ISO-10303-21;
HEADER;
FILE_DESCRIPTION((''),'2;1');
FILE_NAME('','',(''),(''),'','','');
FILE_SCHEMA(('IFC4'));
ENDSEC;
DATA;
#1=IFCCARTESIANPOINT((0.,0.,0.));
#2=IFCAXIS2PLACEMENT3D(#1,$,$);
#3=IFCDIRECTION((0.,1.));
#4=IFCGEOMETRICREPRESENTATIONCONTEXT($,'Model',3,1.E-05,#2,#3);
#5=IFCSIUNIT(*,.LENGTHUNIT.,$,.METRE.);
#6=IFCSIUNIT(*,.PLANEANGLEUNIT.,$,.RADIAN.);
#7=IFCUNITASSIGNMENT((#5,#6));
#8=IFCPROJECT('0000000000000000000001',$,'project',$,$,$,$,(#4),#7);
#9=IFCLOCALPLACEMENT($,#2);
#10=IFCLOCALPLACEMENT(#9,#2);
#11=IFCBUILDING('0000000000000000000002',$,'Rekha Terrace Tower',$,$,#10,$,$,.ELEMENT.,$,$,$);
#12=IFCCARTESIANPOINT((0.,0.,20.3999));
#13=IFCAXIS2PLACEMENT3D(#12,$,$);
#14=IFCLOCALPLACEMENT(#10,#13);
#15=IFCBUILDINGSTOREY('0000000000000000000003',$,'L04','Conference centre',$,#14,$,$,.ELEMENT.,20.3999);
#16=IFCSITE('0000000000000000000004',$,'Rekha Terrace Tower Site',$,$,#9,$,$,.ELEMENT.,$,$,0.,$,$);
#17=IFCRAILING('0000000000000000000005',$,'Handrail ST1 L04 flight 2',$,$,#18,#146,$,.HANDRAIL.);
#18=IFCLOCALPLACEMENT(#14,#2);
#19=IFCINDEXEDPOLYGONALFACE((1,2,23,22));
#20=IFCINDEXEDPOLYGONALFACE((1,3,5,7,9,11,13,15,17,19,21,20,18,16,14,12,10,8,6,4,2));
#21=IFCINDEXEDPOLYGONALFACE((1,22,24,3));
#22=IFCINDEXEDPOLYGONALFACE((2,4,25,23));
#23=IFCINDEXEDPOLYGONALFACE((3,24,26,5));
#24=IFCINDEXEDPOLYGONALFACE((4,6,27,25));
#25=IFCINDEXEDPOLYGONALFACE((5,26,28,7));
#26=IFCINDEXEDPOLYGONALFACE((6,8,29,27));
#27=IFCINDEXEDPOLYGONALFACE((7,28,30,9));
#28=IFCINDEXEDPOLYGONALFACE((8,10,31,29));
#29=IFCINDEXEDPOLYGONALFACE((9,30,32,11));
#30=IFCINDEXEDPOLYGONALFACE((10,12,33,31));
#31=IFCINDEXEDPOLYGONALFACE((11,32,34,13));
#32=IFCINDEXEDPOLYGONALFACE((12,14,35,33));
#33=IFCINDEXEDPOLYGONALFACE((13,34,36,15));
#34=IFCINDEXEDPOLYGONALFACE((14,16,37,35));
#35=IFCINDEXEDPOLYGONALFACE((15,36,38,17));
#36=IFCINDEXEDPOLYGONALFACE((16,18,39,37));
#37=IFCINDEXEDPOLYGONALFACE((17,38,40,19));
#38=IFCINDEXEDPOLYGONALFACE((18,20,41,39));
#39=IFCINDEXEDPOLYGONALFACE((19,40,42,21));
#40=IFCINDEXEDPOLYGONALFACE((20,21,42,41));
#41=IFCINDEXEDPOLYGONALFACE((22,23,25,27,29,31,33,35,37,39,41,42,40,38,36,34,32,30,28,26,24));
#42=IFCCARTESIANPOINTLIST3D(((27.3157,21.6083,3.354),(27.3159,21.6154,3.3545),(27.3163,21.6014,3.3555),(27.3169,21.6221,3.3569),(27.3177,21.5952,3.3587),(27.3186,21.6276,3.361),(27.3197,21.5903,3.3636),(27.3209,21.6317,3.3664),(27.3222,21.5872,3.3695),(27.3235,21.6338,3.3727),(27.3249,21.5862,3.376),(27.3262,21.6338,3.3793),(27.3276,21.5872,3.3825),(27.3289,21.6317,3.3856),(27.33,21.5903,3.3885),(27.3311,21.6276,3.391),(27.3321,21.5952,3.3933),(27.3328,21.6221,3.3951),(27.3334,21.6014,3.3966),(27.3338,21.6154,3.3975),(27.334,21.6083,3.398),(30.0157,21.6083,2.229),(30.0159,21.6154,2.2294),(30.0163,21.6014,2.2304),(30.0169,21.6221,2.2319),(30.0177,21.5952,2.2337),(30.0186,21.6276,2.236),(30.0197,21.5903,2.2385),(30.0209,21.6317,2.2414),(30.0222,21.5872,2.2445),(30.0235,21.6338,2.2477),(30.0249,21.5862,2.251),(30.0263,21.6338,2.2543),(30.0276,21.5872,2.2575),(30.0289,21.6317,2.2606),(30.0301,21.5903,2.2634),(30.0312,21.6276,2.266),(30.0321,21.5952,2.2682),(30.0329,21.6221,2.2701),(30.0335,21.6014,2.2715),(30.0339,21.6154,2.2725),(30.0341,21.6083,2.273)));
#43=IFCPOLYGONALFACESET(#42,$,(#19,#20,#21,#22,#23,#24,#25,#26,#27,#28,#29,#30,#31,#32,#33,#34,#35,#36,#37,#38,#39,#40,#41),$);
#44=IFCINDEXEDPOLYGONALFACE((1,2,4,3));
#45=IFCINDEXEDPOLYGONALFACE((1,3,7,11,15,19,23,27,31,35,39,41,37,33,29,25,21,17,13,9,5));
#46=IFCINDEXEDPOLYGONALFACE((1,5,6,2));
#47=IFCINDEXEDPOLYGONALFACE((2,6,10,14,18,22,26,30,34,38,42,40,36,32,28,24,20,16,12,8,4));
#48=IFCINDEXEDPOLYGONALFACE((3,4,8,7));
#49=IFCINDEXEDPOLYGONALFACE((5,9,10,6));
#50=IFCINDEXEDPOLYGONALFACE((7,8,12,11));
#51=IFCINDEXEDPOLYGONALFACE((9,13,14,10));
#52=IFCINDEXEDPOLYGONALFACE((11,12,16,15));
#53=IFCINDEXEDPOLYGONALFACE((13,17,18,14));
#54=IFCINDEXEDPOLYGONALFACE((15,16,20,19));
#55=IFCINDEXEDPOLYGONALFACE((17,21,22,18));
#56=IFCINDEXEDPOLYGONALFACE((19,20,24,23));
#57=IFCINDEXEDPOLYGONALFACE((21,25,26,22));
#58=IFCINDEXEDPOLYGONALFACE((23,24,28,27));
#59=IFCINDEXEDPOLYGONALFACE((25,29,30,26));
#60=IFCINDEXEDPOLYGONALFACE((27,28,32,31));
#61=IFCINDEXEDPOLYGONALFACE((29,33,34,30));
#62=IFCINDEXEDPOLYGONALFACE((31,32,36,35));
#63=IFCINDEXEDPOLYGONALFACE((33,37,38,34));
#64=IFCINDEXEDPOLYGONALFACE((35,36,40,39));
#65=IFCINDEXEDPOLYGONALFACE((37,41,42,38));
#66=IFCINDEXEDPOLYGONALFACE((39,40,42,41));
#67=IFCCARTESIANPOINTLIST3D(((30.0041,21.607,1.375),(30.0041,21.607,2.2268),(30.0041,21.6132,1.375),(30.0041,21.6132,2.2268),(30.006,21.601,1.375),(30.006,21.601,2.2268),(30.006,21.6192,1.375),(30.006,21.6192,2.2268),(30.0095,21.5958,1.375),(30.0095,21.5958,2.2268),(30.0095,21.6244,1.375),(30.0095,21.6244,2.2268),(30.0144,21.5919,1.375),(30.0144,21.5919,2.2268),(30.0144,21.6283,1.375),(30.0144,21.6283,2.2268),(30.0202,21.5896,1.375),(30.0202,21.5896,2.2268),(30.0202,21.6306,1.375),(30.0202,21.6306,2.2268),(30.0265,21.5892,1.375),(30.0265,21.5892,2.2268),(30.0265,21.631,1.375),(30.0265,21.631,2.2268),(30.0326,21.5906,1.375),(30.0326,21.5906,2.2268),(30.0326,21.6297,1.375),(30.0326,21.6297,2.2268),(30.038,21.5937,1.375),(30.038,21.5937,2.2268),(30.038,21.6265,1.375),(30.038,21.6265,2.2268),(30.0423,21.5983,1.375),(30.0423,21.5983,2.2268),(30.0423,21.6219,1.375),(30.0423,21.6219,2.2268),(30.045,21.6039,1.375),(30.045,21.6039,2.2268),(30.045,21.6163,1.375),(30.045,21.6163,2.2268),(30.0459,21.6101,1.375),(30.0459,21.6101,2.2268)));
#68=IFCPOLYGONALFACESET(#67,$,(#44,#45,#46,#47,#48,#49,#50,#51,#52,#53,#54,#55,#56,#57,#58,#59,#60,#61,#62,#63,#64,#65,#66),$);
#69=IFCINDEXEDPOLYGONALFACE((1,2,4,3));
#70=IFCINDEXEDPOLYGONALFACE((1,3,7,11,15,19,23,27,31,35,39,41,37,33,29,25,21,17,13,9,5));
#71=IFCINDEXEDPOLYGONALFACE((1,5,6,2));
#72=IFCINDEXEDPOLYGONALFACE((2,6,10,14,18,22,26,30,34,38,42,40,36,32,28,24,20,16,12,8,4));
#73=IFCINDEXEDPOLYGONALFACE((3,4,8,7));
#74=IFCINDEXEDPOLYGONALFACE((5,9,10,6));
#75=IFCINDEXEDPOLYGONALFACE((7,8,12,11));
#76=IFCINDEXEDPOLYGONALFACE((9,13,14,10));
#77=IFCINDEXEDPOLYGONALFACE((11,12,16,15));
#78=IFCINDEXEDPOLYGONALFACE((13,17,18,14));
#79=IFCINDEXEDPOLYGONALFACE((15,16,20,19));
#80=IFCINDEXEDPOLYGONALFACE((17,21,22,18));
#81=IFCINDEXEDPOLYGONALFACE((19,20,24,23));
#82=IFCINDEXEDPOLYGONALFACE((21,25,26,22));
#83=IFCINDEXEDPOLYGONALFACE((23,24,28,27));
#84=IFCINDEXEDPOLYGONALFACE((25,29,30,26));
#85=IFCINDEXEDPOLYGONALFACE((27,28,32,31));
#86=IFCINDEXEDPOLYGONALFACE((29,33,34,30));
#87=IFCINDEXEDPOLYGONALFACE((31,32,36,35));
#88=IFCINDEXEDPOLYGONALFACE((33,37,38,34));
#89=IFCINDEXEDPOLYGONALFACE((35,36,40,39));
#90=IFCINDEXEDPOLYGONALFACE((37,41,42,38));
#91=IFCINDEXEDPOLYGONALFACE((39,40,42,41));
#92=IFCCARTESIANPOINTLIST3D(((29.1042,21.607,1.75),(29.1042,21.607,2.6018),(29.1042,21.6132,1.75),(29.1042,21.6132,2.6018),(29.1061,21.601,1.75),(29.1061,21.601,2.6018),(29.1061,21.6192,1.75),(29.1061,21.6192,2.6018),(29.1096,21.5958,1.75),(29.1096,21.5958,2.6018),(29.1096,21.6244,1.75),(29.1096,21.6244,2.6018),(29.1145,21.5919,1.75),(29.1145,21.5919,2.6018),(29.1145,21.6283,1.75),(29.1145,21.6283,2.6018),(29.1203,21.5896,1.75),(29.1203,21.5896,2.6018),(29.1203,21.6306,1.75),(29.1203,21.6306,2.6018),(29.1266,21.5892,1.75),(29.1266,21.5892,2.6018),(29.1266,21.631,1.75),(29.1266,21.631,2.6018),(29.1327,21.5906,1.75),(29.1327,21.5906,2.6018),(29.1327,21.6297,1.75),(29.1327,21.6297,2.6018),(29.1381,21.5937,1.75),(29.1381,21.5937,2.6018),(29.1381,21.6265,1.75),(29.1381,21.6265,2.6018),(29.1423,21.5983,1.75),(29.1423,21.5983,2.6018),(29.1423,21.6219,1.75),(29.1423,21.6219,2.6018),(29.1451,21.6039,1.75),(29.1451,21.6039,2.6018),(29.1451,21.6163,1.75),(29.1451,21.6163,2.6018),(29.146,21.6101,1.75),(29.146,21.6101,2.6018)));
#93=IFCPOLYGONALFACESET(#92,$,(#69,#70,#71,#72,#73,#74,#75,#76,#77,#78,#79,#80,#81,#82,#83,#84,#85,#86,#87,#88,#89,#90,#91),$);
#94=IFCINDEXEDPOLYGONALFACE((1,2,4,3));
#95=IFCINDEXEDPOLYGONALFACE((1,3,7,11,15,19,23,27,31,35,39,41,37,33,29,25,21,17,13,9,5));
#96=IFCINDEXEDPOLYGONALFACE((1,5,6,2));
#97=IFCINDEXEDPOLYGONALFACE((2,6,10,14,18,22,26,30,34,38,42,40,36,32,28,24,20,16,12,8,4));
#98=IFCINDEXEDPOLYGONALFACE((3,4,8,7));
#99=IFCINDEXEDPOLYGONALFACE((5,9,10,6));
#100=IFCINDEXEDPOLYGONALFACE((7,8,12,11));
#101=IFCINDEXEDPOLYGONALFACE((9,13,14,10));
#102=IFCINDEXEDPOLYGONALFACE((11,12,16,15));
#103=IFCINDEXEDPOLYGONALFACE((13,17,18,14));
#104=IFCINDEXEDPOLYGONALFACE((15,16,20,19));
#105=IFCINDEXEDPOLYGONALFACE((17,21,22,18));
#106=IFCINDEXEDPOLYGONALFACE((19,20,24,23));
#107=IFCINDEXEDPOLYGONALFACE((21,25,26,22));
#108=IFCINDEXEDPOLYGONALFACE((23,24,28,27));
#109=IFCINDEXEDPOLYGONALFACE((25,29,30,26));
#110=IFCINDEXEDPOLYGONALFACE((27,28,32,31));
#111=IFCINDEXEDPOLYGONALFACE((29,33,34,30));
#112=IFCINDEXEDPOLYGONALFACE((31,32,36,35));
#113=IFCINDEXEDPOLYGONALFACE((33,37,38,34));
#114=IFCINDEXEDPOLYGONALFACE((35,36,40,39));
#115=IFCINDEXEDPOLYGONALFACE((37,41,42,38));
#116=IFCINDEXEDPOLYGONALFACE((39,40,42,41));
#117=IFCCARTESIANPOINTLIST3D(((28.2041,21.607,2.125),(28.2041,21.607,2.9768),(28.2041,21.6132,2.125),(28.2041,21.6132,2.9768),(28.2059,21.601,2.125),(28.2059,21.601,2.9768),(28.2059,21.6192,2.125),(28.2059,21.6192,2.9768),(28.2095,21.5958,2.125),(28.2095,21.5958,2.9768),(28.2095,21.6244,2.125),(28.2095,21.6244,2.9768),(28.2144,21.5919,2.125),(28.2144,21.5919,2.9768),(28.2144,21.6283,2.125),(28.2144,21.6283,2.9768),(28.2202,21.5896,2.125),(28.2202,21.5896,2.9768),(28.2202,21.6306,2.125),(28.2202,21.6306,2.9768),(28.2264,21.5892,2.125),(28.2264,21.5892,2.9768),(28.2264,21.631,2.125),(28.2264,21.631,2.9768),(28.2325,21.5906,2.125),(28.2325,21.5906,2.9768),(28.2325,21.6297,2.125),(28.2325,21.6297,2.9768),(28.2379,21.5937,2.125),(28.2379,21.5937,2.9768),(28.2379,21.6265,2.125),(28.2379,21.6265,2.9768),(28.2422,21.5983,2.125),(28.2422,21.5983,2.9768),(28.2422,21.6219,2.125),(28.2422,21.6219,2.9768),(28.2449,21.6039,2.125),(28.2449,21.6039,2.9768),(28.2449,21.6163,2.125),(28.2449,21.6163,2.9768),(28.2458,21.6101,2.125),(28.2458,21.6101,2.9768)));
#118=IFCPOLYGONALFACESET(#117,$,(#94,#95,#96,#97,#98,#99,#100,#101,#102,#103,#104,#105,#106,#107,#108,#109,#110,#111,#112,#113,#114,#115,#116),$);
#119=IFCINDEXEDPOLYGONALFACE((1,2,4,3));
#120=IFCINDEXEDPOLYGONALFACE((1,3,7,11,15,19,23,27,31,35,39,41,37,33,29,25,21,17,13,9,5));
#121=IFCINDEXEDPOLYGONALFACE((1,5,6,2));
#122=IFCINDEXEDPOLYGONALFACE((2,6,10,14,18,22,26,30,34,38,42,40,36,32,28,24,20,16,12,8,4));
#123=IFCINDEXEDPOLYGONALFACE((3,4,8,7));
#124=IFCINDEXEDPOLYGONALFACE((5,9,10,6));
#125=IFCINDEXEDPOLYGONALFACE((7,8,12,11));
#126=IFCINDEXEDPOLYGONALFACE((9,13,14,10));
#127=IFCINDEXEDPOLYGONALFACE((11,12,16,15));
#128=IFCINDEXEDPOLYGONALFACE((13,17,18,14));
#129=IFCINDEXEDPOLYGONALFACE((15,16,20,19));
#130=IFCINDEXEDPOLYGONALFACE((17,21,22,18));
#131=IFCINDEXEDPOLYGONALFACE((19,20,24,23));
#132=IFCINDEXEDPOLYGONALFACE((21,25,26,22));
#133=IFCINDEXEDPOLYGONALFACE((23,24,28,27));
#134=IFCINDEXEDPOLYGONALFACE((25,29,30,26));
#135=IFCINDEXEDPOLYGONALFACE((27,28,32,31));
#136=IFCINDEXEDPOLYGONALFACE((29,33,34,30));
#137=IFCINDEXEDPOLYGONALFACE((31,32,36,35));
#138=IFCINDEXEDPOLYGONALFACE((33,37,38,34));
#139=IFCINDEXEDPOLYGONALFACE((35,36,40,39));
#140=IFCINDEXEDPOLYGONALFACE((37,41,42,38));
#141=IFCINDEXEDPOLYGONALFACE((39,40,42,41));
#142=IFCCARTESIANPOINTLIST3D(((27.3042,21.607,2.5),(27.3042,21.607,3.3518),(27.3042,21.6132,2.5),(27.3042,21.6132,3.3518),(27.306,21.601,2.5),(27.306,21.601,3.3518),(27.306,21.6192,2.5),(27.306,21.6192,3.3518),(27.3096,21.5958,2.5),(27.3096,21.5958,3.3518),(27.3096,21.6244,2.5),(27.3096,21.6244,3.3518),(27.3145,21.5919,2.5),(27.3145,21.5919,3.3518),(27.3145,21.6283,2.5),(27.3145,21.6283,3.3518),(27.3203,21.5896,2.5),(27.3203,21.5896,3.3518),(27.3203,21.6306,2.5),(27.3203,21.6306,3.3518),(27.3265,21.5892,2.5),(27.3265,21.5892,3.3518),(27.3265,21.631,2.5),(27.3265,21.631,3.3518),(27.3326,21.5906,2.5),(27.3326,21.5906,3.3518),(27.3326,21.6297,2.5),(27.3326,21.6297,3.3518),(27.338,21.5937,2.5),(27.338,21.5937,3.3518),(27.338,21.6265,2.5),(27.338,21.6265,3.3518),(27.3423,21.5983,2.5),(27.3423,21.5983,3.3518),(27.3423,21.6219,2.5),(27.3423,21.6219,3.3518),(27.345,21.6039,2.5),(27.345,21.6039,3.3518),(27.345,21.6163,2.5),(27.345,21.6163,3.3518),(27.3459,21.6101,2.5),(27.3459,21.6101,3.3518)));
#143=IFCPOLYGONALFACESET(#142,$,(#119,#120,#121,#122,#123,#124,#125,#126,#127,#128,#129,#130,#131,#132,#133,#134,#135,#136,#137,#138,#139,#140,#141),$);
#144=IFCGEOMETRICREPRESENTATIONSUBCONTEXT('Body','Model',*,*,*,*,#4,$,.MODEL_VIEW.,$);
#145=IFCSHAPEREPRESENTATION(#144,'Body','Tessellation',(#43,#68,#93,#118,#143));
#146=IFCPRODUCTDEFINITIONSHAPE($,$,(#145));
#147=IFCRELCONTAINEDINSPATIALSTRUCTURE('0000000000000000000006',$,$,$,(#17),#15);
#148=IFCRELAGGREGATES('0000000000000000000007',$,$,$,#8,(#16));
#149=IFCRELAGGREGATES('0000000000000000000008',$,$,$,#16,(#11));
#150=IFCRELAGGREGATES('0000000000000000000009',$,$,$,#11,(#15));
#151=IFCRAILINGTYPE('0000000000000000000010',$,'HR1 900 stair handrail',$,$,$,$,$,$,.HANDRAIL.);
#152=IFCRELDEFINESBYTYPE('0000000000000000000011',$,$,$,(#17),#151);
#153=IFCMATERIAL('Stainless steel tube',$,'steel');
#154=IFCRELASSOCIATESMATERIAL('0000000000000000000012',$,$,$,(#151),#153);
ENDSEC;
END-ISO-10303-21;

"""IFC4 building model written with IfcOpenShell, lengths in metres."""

from ifc_helpers import new_model, si_unit, direction, frame, origin, origin_2d, place, context, subcontext, project, spatial, circle, extrude, material, type_object, element, save


model = new_model("IFC4")

# Units and contexts
model_context = context("Model", 3, precision=1e-05, world=origin(), true_north=direction((0.0, 1.0)))
body_context = subcontext(model_context, "Body", "Model", "MODEL_VIEW")
ifc_project = project(units=[si_unit("LENGTHUNIT", "METRE"), si_unit("PLANEANGLEUNIT", "RADIAN")], contexts=[model_context])

# Site, building, storey
site_placement = place(None, origin())
site = spatial("IfcSite", under=ifc_project, at=site_placement, Name="Rekha Terrace Tower Site", CompositionType="ELEMENT", RefElevation=0.0)
building_placement = place(site_placement, origin())
building = spatial("IfcBuilding", under=site, at=building_placement, Name="Rekha Terrace Tower", CompositionType="ELEMENT")
storey_placement = place(building_placement, frame((0.0, 0.0, 20.3999)))
storey = spatial("IfcBuildingStorey", under=building, at=storey_placement, Name="L04", Description="Conference centre", CompositionType="ELEMENT", Elevation=20.3999)

# Railing
ifc_material_1 = material(Name="Stainless steel tube", Category="steel")
railing_type_1 = type_object("IfcRailingType", Name="HR1 900 stair handrail", PredefinedType="HANDRAIL", material=ifc_material_1)
railing_1_placement = place(storey_placement, frame((30.0249, 21.6101, 1.375)))
element("IfcRailing", 1, at=railing_1_placement, inside=storey, type_object=railing_type_1, Name="Handrail ST1 L04 flight 2", PredefinedType="HANDRAIL", context=body_context, shape_type="SweptSolid", body=[
    extrude(circle(Radius=0.0239, at=origin_2d()), frame((0.0, 0.0, 0.876), z_axis=(-0.923074, 0.0, 0.384621), x_axis=(0.0, -1.0, 0.0)), (0.0, 0.0, 1.0), 2.925),
    extrude(circle(Radius=0.021, at=origin_2d()), origin(), (0.0, 0.0, 1.0), 0.8518),
    extrude(circle(Radius=0.021, at=origin_2d()), frame((-0.8999, 0.0, 0.375)), (0.0, 0.0, 1.0), 0.8518),
    extrude(circle(Radius=0.021, at=origin_2d()), frame((-1.8, 0.0, 0.75)), (0.0, 0.0, 1.0), 0.8518),
    extrude(circle(Radius=0.021, at=origin_2d()), frame((-2.7, 0.0, 1.125)), (0.0, 0.0, 1.0), 0.8518),
])

save(model, "model.ifc")
